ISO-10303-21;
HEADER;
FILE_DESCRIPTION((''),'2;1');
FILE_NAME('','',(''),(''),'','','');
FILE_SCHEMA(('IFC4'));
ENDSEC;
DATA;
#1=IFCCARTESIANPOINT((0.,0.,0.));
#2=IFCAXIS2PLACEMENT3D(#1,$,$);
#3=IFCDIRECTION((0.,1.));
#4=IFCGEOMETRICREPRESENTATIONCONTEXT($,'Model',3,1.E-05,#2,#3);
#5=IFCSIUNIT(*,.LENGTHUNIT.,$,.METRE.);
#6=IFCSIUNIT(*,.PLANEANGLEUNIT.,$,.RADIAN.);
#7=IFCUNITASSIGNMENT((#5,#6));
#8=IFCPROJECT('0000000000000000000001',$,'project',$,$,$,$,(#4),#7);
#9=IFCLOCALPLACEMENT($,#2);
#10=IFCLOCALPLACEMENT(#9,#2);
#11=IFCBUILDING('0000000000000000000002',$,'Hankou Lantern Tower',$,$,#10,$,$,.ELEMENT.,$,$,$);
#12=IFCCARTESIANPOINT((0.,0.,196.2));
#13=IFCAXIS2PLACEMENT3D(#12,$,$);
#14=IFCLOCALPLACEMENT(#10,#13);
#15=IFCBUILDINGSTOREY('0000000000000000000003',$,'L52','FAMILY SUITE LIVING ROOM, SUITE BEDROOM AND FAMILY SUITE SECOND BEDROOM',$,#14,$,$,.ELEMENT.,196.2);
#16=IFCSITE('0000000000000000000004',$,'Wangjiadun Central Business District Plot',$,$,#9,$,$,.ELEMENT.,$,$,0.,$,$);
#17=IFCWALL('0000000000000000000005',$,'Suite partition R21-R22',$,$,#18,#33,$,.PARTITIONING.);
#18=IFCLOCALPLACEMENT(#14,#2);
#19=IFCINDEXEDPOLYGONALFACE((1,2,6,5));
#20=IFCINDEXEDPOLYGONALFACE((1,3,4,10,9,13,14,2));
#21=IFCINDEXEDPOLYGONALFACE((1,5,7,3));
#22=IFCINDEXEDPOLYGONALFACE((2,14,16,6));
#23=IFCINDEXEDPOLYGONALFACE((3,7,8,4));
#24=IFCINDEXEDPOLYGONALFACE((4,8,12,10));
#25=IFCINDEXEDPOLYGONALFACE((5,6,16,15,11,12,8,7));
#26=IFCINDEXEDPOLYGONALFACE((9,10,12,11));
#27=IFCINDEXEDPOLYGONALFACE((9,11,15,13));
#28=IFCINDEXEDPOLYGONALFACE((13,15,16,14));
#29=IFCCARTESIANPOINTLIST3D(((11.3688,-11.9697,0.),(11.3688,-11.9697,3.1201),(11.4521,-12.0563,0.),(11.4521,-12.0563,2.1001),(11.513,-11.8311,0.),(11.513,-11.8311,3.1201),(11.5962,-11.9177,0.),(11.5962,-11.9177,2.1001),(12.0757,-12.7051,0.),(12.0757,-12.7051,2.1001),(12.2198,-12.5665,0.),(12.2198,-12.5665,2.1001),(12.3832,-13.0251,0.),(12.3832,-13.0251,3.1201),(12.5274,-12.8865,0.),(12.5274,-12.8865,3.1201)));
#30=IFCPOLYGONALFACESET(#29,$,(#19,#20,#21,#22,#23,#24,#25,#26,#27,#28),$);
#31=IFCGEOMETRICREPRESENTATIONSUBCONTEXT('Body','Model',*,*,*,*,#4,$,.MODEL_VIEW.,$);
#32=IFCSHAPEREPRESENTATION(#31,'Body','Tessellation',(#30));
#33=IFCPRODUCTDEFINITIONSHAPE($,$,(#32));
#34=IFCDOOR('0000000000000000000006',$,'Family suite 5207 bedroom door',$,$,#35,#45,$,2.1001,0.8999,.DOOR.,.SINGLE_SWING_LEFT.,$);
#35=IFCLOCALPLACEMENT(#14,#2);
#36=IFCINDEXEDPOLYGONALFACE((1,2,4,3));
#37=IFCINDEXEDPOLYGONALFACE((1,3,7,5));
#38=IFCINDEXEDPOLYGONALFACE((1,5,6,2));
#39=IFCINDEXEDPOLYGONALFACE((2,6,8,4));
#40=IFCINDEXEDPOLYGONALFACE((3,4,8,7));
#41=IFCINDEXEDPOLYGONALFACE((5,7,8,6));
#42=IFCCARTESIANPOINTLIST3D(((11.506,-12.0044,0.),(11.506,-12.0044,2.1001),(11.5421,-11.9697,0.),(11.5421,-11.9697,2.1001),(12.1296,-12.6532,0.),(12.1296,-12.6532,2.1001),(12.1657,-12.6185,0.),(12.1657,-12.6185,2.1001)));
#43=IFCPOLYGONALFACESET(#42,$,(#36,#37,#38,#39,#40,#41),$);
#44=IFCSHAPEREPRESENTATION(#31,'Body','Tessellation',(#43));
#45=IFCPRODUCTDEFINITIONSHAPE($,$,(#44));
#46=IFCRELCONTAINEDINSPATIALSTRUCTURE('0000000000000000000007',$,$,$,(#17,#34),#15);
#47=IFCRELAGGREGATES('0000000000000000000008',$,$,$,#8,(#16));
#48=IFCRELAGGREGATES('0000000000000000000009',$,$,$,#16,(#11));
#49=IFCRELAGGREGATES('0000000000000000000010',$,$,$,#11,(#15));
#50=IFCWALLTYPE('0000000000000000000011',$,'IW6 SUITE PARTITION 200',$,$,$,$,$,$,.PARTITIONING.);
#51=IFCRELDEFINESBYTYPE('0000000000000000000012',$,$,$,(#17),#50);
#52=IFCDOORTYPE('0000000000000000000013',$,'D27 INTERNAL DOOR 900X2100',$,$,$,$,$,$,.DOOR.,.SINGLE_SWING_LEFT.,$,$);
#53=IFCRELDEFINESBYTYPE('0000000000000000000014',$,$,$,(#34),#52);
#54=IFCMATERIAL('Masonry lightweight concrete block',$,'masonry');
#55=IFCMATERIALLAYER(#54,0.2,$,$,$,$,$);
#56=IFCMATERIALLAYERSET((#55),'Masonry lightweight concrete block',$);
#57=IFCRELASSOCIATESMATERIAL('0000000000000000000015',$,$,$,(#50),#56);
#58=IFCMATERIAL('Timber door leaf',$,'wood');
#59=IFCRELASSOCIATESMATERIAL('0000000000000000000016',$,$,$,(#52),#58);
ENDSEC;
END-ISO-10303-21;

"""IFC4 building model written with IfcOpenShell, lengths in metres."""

from ifc_helpers import new_model, si_unit, direction, frame, frame_2d, origin, place, context, subcontext, project, spatial, rectangle, extrude, material, layer, layer_set, type_object, element, fill, save


model = new_model("IFC4")

# Units and contexts
model_context = context("Model", 3, precision=1e-05, world=origin(), true_north=direction((0.0, 1.0)))
body_context = subcontext(model_context, "Body", "Model", "MODEL_VIEW")
ifc_project = project(units=[si_unit("LENGTHUNIT", "METRE"), si_unit("PLANEANGLEUNIT", "RADIAN")], contexts=[model_context])

# Site, building, storey
site_placement = place(None, origin())
site = spatial("IfcSite", under=ifc_project, at=site_placement, Name="Wangjiadun Central Business District Plot", CompositionType="ELEMENT", RefElevation=0.0)
building_placement = place(site_placement, origin())
building = spatial("IfcBuilding", under=site, at=building_placement, Name="Hankou Lantern Tower", CompositionType="ELEMENT")
storey_placement = place(building_placement, frame((0.0, 0.0, 196.2)))
storey = spatial("IfcBuildingStorey", under=building, at=storey_placement, Name="L52", Description="FAMILY SUITE LIVING ROOM, SUITE BEDROOM AND FAMILY SUITE SECOND BEDROOM", CompositionType="ELEMENT", Elevation=196.2)

# Wall, opening, door
ifc_material_1 = material(Name="Masonry lightweight concrete block", Category="masonry")
ifc_layer_1 = layer(ifc_material_1, 0.2)
ifc_layer_set_1 = layer_set([ifc_layer_1], Name="Masonry lightweight concrete block")
wall_type_1 = type_object("IfcWallType", Name="IW6 SUITE PARTITION 200", PredefinedType="PARTITIONING", material=ifc_layer_set_1)
ifc_material_2 = material(Name="Timber door leaf", Category="wood")
door_type_1 = type_object("IfcDoorType", Name="D27 INTERNAL DOOR 900X2100", OperationType="SINGLE_SWING_LEFT", PredefinedType="DOOR", material=ifc_material_2)
wall_1_placement = place(storey_placement, frame((11.4409, -11.9004, 0.0), z_axis=(0.0, 0.0, 1.0), x_axis=(0.692959, -0.720977, 0.0)))
wall_1 = element("IfcWall", 1, at=wall_1_placement, inside=storey, type_object=wall_type_1, Name="Suite partition R21-R22", PredefinedType="PARTITIONING", context=body_context, shape_type="SweptSolid", body=[
    extrude(rectangle(XDim=1.4639, YDim=0.2, at=frame_2d((0.7319, 0.0))), origin(), (0.0, 0.0, 1.0), 3.1201),
])
opening_1_placement = place(wall_1_placement, frame((0.1201, 0.0, 0.0)))
opening_1 = element("IfcOpeningElement", 2, at=opening_1_placement, cuts=wall_1, PredefinedType="OPENING", context=body_context, shape_type="SweptSolid", body=[
    extrude(rectangle(XDim=0.8999, YDim=2.1001, at=frame_2d((0.45, 1.05))), frame((0.0, 0.1099, 0.0), z_axis=(0.0, -1.0, 0.0), x_axis=(1.0, 0.0, 0.0)), (0.0, 0.0, 1.0), 0.22),
])
door_1_placement = place(opening_1_placement, origin())
door_1 = element("IfcDoor", 3, at=door_1_placement, inside=storey, type_object=door_type_1, Name="Family suite 5207 bedroom door", OperationType="SINGLE_SWING_LEFT", OverallHeight=2.1001, OverallWidth=0.8999, PredefinedType="DOOR", context=body_context, shape_type="SweptSolid", body=[
    extrude(rectangle(XDim=0.8999, YDim=2.1001, at=frame_2d((0.45, 1.05))), frame((0.0, 0.0249, 0.0), z_axis=(0.0, -1.0, 0.0), x_axis=(1.0, 0.0, 0.0)), (0.0, 0.0, 1.0), 0.05),
])
fill(opening_1, door_1)

save(model, "model.ifc")
